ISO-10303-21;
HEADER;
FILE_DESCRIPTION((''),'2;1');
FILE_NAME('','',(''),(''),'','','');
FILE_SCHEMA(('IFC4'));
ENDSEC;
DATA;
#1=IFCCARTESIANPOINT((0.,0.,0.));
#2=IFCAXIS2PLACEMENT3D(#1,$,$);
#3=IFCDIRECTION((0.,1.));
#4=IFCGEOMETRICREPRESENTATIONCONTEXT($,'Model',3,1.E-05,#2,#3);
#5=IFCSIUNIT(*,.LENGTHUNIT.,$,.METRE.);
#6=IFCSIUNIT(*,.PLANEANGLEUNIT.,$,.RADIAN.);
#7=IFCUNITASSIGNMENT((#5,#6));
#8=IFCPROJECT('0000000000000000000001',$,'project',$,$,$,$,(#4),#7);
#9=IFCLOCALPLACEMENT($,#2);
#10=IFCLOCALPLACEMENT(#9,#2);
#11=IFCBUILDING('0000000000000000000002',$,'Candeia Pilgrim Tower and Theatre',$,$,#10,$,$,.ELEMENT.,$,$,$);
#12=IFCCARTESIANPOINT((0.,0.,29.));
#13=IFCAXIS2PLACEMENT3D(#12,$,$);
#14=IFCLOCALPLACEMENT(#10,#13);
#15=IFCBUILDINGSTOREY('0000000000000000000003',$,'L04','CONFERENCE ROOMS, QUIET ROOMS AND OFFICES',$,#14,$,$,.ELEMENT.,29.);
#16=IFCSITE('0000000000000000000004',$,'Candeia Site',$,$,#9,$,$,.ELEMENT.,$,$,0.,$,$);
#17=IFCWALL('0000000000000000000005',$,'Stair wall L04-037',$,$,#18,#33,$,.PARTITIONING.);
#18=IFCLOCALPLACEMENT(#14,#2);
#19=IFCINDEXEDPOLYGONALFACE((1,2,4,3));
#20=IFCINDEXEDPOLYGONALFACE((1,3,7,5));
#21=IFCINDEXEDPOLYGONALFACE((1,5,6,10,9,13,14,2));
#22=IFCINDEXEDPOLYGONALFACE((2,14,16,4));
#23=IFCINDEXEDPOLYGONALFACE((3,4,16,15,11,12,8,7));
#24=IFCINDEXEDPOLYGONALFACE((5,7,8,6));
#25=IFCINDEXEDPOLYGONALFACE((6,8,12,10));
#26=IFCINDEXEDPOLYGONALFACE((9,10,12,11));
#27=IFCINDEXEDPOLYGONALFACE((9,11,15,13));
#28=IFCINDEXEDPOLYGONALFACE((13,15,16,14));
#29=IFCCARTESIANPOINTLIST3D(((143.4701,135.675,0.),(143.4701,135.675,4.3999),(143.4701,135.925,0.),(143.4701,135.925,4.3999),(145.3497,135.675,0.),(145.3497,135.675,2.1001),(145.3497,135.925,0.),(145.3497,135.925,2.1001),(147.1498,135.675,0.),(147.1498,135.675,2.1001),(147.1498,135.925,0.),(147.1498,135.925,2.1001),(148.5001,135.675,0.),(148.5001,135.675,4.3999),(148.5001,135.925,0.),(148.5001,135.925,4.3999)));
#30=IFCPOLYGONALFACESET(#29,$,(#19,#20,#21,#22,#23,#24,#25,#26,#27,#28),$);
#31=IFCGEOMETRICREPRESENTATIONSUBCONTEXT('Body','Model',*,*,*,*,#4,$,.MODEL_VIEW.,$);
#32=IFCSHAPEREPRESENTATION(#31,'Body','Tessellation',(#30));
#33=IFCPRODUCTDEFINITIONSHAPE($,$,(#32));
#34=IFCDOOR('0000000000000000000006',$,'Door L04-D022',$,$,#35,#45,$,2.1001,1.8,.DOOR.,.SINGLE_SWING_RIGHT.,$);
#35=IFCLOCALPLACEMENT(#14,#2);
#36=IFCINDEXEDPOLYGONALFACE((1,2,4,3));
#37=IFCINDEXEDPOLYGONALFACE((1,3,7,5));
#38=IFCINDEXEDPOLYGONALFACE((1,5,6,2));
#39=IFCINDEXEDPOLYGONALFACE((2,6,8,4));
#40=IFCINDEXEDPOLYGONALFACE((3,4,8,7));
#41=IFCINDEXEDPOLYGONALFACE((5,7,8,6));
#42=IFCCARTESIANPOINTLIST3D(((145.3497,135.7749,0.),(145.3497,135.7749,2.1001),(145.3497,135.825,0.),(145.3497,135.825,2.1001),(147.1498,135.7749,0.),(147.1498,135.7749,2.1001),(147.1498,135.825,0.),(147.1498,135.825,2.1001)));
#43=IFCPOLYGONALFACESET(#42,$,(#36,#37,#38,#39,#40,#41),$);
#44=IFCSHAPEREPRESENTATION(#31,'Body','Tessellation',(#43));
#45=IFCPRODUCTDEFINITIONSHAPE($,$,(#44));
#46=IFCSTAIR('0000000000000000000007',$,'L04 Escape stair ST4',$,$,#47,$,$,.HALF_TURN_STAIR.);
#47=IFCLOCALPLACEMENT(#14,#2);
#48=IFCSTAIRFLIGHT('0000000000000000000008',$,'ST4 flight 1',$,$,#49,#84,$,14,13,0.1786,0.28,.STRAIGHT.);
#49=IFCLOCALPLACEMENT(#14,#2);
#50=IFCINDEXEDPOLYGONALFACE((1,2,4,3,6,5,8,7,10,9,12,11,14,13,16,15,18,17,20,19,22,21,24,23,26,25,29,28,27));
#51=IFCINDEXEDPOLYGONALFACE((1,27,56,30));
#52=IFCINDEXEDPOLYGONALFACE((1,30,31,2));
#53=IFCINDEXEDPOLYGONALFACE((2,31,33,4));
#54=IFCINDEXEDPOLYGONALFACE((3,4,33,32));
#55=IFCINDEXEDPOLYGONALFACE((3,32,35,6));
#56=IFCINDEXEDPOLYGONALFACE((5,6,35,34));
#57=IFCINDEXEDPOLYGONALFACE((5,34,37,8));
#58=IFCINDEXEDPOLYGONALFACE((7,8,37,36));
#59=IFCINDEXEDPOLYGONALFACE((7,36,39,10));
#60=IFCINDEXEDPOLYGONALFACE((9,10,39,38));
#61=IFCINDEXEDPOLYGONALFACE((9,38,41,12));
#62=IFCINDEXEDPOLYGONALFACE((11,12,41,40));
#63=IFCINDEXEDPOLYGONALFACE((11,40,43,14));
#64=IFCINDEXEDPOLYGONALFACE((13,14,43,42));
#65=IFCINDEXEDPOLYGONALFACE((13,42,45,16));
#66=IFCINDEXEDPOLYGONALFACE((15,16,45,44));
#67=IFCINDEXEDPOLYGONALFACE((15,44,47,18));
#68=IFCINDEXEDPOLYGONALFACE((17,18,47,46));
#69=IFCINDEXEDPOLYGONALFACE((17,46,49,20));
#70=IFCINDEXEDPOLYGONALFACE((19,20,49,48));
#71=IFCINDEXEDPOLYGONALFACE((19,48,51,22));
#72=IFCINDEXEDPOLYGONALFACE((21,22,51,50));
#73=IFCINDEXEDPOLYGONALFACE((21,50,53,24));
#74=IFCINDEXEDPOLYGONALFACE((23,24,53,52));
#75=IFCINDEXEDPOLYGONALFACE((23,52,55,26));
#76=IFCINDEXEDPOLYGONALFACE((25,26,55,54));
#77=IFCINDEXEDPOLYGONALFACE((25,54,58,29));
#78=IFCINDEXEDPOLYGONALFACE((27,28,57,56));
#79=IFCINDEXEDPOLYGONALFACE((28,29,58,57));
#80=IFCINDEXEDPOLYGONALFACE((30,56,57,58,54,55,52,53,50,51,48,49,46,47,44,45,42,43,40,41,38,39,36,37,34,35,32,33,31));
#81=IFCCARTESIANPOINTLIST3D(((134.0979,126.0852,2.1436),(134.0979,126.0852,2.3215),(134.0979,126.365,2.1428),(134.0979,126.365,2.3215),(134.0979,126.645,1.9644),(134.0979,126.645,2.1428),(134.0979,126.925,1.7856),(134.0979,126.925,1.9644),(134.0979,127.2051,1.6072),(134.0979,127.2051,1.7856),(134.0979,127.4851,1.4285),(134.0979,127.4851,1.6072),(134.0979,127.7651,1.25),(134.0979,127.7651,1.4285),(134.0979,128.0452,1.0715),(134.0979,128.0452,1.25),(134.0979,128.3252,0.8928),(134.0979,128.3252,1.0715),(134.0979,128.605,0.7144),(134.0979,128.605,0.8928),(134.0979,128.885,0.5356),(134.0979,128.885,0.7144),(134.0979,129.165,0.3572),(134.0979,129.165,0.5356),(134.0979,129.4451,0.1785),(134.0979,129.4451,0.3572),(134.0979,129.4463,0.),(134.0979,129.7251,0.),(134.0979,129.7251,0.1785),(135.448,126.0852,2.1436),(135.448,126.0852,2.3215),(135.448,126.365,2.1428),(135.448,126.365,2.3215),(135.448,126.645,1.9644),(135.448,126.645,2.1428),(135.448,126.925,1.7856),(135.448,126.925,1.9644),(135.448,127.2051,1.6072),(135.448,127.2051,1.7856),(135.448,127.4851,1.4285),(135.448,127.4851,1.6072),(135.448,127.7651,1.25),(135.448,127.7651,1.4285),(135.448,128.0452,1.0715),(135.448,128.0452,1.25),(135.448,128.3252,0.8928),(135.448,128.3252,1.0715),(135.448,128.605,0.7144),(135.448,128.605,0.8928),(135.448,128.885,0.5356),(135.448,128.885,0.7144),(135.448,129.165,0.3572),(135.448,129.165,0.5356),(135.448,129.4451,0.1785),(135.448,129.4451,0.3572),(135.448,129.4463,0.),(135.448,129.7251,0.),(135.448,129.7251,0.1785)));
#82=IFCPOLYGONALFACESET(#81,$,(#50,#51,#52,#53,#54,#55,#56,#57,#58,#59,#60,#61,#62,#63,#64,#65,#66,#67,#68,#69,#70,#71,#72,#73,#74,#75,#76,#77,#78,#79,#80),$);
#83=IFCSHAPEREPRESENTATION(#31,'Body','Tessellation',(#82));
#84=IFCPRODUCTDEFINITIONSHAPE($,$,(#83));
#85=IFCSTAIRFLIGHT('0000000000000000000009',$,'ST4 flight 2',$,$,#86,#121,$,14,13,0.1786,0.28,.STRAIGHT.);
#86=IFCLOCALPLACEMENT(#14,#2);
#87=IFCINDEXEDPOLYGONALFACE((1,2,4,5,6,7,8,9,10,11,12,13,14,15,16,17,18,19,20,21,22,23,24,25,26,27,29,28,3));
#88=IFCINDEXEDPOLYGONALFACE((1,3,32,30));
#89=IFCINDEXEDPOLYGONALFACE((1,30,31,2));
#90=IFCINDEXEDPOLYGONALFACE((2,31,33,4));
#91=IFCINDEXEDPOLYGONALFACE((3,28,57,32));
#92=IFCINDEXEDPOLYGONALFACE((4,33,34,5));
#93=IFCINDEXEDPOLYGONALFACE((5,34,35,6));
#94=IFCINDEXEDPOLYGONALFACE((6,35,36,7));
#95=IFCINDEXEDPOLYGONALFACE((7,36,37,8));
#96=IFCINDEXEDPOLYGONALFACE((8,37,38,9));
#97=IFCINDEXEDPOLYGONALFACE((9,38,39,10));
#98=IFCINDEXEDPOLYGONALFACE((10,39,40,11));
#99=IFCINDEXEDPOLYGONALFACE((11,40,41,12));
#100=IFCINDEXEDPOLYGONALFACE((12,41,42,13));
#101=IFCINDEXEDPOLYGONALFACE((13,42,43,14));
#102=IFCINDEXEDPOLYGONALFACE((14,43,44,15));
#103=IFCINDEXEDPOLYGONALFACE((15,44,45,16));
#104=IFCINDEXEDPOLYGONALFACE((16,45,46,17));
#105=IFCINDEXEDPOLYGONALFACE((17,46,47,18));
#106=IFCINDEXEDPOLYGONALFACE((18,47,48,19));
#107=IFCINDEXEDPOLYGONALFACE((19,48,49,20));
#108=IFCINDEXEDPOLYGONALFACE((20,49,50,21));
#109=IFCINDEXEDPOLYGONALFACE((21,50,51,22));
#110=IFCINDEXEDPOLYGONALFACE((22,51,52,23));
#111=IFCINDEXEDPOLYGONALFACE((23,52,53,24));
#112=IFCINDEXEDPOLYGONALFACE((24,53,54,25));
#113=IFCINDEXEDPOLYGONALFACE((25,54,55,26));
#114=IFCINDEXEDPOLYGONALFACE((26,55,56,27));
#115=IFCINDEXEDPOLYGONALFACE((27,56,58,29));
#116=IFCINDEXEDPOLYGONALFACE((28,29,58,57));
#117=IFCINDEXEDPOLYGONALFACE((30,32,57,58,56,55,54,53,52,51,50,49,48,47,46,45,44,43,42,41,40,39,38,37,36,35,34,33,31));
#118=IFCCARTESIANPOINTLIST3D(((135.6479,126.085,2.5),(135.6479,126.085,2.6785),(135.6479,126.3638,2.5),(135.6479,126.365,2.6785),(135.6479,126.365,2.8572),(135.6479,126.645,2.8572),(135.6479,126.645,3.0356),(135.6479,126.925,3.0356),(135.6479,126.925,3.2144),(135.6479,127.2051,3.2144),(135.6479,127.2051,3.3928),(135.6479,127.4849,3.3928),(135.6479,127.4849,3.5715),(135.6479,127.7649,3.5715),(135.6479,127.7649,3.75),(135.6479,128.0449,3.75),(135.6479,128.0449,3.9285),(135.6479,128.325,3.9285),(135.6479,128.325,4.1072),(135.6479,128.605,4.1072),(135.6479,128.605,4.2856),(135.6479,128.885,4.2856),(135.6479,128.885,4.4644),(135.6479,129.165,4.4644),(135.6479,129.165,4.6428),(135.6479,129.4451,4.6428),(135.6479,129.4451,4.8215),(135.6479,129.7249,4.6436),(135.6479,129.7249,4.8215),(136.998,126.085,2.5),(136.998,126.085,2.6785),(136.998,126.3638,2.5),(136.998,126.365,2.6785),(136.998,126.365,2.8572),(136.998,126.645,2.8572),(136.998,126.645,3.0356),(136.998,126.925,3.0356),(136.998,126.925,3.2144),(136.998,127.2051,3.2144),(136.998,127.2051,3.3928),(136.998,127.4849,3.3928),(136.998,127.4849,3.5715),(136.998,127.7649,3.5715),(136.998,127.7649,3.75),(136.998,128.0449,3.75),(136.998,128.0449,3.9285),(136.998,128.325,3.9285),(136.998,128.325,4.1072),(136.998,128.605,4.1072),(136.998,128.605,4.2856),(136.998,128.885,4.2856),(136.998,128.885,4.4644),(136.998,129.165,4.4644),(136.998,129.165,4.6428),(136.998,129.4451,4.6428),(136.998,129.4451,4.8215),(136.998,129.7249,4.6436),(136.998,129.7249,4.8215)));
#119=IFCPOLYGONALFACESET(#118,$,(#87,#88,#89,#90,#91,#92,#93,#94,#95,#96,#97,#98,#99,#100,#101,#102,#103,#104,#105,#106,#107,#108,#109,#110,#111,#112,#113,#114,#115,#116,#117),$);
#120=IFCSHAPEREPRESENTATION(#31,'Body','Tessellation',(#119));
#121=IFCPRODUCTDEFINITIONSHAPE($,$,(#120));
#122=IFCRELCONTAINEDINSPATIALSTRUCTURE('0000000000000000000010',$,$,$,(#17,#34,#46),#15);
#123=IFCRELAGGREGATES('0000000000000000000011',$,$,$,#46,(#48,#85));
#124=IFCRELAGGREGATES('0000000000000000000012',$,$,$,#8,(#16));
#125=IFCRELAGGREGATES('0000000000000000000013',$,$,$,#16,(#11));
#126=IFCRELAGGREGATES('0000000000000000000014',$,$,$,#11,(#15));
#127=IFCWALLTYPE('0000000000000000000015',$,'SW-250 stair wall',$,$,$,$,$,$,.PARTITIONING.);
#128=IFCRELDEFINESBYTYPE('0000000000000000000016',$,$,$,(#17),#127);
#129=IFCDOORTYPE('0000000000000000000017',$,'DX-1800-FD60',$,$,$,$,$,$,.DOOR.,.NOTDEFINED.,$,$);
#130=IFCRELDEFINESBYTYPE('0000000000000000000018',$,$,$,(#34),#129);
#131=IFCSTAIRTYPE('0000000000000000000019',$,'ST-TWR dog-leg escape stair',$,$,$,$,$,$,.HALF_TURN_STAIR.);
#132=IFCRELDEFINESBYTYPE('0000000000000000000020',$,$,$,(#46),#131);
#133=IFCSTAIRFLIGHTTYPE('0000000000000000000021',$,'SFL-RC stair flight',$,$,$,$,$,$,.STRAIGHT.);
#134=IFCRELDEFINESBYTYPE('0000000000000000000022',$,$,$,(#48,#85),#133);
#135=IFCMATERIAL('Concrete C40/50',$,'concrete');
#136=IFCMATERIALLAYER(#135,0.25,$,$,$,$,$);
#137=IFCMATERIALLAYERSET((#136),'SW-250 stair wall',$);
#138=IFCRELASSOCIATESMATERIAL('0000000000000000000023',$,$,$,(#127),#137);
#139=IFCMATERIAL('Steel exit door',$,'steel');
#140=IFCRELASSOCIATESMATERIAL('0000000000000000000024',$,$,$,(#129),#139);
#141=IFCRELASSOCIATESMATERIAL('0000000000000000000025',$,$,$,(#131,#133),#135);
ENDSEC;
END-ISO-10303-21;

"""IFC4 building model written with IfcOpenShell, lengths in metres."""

from ifc_helpers import new_model, si_unit, direction, frame, frame_2d, origin, place, context, subcontext, project, spatial, polyline, rectangle, outline, extrude, material, layer, layer_set, type_object, element, fill, aggregate, save


model = new_model("IFC4")

# Units and contexts
model_context = context("Model", 3, precision=1e-05, world=origin(), true_north=direction((0.0, 1.0)))
body_context = subcontext(model_context, "Body", "Model", "MODEL_VIEW")
ifc_project = project(units=[si_unit("LENGTHUNIT", "METRE"), si_unit("PLANEANGLEUNIT", "RADIAN")], contexts=[model_context])

# Site, building, storey
site_placement = place(None, origin())
site = spatial("IfcSite", under=ifc_project, at=site_placement, Name="Candeia Site", CompositionType="ELEMENT", RefElevation=0.0)
building_placement = place(site_placement, origin())
building = spatial("IfcBuilding", under=site, at=building_placement, Name="Candeia Pilgrim Tower and Theatre", CompositionType="ELEMENT")
storey_placement = place(building_placement, frame((0.0, 0.0, 29.0)))
storey = spatial("IfcBuildingStorey", under=building, at=storey_placement, Name="L04", Description="CONFERENCE ROOMS, QUIET ROOMS AND OFFICES", CompositionType="ELEMENT", Elevation=29.0)

# Shared definitions
ifc_material_1 = material(Name="Concrete C40/50", Category="concrete")
ifc_layer_1 = layer(ifc_material_1, 0.25)
ifc_layer_set_1 = layer_set([ifc_layer_1], Name="SW-250 stair wall")
wall_type_1 = type_object("IfcWallType", Name="SW-250 stair wall", PredefinedType="PARTITIONING", material=ifc_layer_set_1)

# Wall, opening, door
wall_1_placement = place(storey_placement, frame((143.47, 135.8, 0.0), z_axis=(0.0, 0.0, 1.0), x_axis=(1.0, 0.0, 0.0)))
wall_1 = element("IfcWall", 1, at=wall_1_placement, inside=storey, type_object=wall_type_1, Name="Stair wall L04-037", PredefinedType="PARTITIONING", context=body_context, shape_type="SweptSolid", body=[
    extrude(rectangle(XDim=5.03, YDim=0.25, at=frame_2d((2.5151, 0.0))), origin(), (0.0, 0.0, 1.0), 4.3999),
])
opening_1_placement = place(wall_1_placement, frame((1.8799, 0.0, 0.0)))
opening_1 = element("IfcOpeningElement", 2, at=opening_1_placement, cuts=wall_1, PredefinedType="OPENING", context=body_context, shape_type="SweptSolid", body=[
    extrude(rectangle(XDim=1.8, YDim=2.1001, at=frame_2d((0.8999, 1.05))), frame((0.0, 0.135, 0.0), z_axis=(0.0, -1.0, 0.0), x_axis=(1.0, 0.0, 0.0)), (0.0, 0.0, 1.0), 0.27),
])
ifc_material_2 = material(Name="Steel exit door", Category="steel")
door_type_1 = type_object("IfcDoorType", Name="DX-1800-FD60", OperationType="NOTDEFINED", PredefinedType="DOOR", material=ifc_material_2)
door_1_placement = place(opening_1_placement, origin())
door_1 = element("IfcDoor", 3, at=door_1_placement, inside=storey, type_object=door_type_1, Name="Door L04-D022", OperationType="SINGLE_SWING_RIGHT", OverallHeight=2.1001, OverallWidth=1.8, PredefinedType="DOOR", context=body_context, shape_type="SweptSolid", body=[
    extrude(rectangle(XDim=1.8, YDim=2.1001, at=frame_2d((0.8999, 1.05))), frame((0.0, 0.0249, 0.0), z_axis=(0.0, -1.0, 0.0), x_axis=(1.0, 0.0, 0.0)), (0.0, 0.0, 1.0), 0.05),
])
fill(opening_1, door_1)

# Stair, stair flights
stair_type = type_object("IfcStairType", Name="ST-TWR dog-leg escape stair", PredefinedType="HALF_TURN_STAIR", material=ifc_material_1)
stair_placement = place(storey_placement, origin())
stair = element("IfcStair", 4, at=stair_placement, inside=storey, type_object=stair_type, Name="L04 Escape stair ST4", PredefinedType="HALF_TURN_STAIR")
stair_flight_type = type_object("IfcStairFlightType", Name="SFL-RC stair flight", PredefinedType="STRAIGHT", material=ifc_material_1)
stair_flight_1_placement = place(storey_placement, frame((134.7729, 129.7251, 0.0), z_axis=(0.0, 0.0, 1.0), x_axis=(0.0, -1.0, 0.0)))
stair_flight_1 = element("IfcStairFlight", 5, at=stair_flight_1_placement, type_object=stair_flight_type, Name="ST4 flight 1", NumberOfRisers=14, NumberOfTreads=13, PredefinedType="STRAIGHT", RiserHeight=0.1786, TreadLength=0.28, context=body_context, shape_type="SweptSolid", body=[
    extrude(outline(polyline([(0.0, 0.0), (0.0, 0.1785), (0.28, 0.1785), (0.28, 0.3572), (0.5601, 0.3572), (0.5601, 0.5356), (0.8401, 0.5356), (0.8401, 0.7144), (1.1201, 0.7144), (1.1201, 0.8928), (1.3999, 0.8928), (1.3999, 1.0715), (1.6799, 1.0715), (1.6799, 1.25), (1.96, 1.25), (1.96, 1.4285), (2.24, 1.4285), (2.24, 1.6072), (2.52, 1.6072), (2.52, 1.7856), (2.8, 1.7856), (2.8, 1.9644), (3.0801, 1.9644), (3.0801, 2.1428), (3.3601, 2.1428), (3.3601, 2.3215), (3.6399, 2.3215), (3.6399, 2.5), (3.6399, 2.1436), (0.2788, 0.0), (0.0, 0.0)])), frame((0.0, 0.675, 0.0), z_axis=(0.0, -1.0, 0.0), x_axis=(1.0, 0.0, 0.0)), (0.0, 0.0, 1.0), 1.3501),
])
stair_flight_2_placement = place(storey_placement, frame((136.323, 126.085, 2.5), z_axis=(0.0, 0.0, 1.0), x_axis=(0.0, 1.0, 0.0)))
stair_flight_2 = element("IfcStairFlight", 6, at=stair_flight_2_placement, type_object=stair_flight_type, Name="ST4 flight 2", NumberOfRisers=14, NumberOfTreads=13, PredefinedType="STRAIGHT", RiserHeight=0.1786, TreadLength=0.28, context=body_context, shape_type="SweptSolid", body=[
    extrude(outline(polyline([(0.0, 0.0), (0.0, 0.1785), (0.28, 0.1785), (0.28, 0.3572), (0.5601, 0.3572), (0.5601, 0.5356), (0.8401, 0.5356), (0.8401, 0.7144), (1.1201, 0.7144), (1.1201, 0.8928), (1.3999, 0.8928), (1.3999, 1.0715), (1.6799, 1.0715), (1.6799, 1.25), (1.96, 1.25), (1.96, 1.4285), (2.24, 1.4285), (2.24, 1.6072), (2.52, 1.6072), (2.52, 1.7856), (2.8, 1.7856), (2.8, 1.9644), (3.0801, 1.9644), (3.0801, 2.1428), (3.3601, 2.1428), (3.3601, 2.3215), (3.6399, 2.3215), (3.6399, 2.5), (3.6399, 2.1436), (0.2788, 0.0), (0.0, 0.0)])), frame((0.0, 0.675, 0.0), z_axis=(0.0, -1.0, 0.0), x_axis=(1.0, 0.0, 0.0)), (0.0, 0.0, 1.0), 1.3501),
])
aggregate(stair, [stair_flight_1, stair_flight_2])

save(model, "model.ifc")
